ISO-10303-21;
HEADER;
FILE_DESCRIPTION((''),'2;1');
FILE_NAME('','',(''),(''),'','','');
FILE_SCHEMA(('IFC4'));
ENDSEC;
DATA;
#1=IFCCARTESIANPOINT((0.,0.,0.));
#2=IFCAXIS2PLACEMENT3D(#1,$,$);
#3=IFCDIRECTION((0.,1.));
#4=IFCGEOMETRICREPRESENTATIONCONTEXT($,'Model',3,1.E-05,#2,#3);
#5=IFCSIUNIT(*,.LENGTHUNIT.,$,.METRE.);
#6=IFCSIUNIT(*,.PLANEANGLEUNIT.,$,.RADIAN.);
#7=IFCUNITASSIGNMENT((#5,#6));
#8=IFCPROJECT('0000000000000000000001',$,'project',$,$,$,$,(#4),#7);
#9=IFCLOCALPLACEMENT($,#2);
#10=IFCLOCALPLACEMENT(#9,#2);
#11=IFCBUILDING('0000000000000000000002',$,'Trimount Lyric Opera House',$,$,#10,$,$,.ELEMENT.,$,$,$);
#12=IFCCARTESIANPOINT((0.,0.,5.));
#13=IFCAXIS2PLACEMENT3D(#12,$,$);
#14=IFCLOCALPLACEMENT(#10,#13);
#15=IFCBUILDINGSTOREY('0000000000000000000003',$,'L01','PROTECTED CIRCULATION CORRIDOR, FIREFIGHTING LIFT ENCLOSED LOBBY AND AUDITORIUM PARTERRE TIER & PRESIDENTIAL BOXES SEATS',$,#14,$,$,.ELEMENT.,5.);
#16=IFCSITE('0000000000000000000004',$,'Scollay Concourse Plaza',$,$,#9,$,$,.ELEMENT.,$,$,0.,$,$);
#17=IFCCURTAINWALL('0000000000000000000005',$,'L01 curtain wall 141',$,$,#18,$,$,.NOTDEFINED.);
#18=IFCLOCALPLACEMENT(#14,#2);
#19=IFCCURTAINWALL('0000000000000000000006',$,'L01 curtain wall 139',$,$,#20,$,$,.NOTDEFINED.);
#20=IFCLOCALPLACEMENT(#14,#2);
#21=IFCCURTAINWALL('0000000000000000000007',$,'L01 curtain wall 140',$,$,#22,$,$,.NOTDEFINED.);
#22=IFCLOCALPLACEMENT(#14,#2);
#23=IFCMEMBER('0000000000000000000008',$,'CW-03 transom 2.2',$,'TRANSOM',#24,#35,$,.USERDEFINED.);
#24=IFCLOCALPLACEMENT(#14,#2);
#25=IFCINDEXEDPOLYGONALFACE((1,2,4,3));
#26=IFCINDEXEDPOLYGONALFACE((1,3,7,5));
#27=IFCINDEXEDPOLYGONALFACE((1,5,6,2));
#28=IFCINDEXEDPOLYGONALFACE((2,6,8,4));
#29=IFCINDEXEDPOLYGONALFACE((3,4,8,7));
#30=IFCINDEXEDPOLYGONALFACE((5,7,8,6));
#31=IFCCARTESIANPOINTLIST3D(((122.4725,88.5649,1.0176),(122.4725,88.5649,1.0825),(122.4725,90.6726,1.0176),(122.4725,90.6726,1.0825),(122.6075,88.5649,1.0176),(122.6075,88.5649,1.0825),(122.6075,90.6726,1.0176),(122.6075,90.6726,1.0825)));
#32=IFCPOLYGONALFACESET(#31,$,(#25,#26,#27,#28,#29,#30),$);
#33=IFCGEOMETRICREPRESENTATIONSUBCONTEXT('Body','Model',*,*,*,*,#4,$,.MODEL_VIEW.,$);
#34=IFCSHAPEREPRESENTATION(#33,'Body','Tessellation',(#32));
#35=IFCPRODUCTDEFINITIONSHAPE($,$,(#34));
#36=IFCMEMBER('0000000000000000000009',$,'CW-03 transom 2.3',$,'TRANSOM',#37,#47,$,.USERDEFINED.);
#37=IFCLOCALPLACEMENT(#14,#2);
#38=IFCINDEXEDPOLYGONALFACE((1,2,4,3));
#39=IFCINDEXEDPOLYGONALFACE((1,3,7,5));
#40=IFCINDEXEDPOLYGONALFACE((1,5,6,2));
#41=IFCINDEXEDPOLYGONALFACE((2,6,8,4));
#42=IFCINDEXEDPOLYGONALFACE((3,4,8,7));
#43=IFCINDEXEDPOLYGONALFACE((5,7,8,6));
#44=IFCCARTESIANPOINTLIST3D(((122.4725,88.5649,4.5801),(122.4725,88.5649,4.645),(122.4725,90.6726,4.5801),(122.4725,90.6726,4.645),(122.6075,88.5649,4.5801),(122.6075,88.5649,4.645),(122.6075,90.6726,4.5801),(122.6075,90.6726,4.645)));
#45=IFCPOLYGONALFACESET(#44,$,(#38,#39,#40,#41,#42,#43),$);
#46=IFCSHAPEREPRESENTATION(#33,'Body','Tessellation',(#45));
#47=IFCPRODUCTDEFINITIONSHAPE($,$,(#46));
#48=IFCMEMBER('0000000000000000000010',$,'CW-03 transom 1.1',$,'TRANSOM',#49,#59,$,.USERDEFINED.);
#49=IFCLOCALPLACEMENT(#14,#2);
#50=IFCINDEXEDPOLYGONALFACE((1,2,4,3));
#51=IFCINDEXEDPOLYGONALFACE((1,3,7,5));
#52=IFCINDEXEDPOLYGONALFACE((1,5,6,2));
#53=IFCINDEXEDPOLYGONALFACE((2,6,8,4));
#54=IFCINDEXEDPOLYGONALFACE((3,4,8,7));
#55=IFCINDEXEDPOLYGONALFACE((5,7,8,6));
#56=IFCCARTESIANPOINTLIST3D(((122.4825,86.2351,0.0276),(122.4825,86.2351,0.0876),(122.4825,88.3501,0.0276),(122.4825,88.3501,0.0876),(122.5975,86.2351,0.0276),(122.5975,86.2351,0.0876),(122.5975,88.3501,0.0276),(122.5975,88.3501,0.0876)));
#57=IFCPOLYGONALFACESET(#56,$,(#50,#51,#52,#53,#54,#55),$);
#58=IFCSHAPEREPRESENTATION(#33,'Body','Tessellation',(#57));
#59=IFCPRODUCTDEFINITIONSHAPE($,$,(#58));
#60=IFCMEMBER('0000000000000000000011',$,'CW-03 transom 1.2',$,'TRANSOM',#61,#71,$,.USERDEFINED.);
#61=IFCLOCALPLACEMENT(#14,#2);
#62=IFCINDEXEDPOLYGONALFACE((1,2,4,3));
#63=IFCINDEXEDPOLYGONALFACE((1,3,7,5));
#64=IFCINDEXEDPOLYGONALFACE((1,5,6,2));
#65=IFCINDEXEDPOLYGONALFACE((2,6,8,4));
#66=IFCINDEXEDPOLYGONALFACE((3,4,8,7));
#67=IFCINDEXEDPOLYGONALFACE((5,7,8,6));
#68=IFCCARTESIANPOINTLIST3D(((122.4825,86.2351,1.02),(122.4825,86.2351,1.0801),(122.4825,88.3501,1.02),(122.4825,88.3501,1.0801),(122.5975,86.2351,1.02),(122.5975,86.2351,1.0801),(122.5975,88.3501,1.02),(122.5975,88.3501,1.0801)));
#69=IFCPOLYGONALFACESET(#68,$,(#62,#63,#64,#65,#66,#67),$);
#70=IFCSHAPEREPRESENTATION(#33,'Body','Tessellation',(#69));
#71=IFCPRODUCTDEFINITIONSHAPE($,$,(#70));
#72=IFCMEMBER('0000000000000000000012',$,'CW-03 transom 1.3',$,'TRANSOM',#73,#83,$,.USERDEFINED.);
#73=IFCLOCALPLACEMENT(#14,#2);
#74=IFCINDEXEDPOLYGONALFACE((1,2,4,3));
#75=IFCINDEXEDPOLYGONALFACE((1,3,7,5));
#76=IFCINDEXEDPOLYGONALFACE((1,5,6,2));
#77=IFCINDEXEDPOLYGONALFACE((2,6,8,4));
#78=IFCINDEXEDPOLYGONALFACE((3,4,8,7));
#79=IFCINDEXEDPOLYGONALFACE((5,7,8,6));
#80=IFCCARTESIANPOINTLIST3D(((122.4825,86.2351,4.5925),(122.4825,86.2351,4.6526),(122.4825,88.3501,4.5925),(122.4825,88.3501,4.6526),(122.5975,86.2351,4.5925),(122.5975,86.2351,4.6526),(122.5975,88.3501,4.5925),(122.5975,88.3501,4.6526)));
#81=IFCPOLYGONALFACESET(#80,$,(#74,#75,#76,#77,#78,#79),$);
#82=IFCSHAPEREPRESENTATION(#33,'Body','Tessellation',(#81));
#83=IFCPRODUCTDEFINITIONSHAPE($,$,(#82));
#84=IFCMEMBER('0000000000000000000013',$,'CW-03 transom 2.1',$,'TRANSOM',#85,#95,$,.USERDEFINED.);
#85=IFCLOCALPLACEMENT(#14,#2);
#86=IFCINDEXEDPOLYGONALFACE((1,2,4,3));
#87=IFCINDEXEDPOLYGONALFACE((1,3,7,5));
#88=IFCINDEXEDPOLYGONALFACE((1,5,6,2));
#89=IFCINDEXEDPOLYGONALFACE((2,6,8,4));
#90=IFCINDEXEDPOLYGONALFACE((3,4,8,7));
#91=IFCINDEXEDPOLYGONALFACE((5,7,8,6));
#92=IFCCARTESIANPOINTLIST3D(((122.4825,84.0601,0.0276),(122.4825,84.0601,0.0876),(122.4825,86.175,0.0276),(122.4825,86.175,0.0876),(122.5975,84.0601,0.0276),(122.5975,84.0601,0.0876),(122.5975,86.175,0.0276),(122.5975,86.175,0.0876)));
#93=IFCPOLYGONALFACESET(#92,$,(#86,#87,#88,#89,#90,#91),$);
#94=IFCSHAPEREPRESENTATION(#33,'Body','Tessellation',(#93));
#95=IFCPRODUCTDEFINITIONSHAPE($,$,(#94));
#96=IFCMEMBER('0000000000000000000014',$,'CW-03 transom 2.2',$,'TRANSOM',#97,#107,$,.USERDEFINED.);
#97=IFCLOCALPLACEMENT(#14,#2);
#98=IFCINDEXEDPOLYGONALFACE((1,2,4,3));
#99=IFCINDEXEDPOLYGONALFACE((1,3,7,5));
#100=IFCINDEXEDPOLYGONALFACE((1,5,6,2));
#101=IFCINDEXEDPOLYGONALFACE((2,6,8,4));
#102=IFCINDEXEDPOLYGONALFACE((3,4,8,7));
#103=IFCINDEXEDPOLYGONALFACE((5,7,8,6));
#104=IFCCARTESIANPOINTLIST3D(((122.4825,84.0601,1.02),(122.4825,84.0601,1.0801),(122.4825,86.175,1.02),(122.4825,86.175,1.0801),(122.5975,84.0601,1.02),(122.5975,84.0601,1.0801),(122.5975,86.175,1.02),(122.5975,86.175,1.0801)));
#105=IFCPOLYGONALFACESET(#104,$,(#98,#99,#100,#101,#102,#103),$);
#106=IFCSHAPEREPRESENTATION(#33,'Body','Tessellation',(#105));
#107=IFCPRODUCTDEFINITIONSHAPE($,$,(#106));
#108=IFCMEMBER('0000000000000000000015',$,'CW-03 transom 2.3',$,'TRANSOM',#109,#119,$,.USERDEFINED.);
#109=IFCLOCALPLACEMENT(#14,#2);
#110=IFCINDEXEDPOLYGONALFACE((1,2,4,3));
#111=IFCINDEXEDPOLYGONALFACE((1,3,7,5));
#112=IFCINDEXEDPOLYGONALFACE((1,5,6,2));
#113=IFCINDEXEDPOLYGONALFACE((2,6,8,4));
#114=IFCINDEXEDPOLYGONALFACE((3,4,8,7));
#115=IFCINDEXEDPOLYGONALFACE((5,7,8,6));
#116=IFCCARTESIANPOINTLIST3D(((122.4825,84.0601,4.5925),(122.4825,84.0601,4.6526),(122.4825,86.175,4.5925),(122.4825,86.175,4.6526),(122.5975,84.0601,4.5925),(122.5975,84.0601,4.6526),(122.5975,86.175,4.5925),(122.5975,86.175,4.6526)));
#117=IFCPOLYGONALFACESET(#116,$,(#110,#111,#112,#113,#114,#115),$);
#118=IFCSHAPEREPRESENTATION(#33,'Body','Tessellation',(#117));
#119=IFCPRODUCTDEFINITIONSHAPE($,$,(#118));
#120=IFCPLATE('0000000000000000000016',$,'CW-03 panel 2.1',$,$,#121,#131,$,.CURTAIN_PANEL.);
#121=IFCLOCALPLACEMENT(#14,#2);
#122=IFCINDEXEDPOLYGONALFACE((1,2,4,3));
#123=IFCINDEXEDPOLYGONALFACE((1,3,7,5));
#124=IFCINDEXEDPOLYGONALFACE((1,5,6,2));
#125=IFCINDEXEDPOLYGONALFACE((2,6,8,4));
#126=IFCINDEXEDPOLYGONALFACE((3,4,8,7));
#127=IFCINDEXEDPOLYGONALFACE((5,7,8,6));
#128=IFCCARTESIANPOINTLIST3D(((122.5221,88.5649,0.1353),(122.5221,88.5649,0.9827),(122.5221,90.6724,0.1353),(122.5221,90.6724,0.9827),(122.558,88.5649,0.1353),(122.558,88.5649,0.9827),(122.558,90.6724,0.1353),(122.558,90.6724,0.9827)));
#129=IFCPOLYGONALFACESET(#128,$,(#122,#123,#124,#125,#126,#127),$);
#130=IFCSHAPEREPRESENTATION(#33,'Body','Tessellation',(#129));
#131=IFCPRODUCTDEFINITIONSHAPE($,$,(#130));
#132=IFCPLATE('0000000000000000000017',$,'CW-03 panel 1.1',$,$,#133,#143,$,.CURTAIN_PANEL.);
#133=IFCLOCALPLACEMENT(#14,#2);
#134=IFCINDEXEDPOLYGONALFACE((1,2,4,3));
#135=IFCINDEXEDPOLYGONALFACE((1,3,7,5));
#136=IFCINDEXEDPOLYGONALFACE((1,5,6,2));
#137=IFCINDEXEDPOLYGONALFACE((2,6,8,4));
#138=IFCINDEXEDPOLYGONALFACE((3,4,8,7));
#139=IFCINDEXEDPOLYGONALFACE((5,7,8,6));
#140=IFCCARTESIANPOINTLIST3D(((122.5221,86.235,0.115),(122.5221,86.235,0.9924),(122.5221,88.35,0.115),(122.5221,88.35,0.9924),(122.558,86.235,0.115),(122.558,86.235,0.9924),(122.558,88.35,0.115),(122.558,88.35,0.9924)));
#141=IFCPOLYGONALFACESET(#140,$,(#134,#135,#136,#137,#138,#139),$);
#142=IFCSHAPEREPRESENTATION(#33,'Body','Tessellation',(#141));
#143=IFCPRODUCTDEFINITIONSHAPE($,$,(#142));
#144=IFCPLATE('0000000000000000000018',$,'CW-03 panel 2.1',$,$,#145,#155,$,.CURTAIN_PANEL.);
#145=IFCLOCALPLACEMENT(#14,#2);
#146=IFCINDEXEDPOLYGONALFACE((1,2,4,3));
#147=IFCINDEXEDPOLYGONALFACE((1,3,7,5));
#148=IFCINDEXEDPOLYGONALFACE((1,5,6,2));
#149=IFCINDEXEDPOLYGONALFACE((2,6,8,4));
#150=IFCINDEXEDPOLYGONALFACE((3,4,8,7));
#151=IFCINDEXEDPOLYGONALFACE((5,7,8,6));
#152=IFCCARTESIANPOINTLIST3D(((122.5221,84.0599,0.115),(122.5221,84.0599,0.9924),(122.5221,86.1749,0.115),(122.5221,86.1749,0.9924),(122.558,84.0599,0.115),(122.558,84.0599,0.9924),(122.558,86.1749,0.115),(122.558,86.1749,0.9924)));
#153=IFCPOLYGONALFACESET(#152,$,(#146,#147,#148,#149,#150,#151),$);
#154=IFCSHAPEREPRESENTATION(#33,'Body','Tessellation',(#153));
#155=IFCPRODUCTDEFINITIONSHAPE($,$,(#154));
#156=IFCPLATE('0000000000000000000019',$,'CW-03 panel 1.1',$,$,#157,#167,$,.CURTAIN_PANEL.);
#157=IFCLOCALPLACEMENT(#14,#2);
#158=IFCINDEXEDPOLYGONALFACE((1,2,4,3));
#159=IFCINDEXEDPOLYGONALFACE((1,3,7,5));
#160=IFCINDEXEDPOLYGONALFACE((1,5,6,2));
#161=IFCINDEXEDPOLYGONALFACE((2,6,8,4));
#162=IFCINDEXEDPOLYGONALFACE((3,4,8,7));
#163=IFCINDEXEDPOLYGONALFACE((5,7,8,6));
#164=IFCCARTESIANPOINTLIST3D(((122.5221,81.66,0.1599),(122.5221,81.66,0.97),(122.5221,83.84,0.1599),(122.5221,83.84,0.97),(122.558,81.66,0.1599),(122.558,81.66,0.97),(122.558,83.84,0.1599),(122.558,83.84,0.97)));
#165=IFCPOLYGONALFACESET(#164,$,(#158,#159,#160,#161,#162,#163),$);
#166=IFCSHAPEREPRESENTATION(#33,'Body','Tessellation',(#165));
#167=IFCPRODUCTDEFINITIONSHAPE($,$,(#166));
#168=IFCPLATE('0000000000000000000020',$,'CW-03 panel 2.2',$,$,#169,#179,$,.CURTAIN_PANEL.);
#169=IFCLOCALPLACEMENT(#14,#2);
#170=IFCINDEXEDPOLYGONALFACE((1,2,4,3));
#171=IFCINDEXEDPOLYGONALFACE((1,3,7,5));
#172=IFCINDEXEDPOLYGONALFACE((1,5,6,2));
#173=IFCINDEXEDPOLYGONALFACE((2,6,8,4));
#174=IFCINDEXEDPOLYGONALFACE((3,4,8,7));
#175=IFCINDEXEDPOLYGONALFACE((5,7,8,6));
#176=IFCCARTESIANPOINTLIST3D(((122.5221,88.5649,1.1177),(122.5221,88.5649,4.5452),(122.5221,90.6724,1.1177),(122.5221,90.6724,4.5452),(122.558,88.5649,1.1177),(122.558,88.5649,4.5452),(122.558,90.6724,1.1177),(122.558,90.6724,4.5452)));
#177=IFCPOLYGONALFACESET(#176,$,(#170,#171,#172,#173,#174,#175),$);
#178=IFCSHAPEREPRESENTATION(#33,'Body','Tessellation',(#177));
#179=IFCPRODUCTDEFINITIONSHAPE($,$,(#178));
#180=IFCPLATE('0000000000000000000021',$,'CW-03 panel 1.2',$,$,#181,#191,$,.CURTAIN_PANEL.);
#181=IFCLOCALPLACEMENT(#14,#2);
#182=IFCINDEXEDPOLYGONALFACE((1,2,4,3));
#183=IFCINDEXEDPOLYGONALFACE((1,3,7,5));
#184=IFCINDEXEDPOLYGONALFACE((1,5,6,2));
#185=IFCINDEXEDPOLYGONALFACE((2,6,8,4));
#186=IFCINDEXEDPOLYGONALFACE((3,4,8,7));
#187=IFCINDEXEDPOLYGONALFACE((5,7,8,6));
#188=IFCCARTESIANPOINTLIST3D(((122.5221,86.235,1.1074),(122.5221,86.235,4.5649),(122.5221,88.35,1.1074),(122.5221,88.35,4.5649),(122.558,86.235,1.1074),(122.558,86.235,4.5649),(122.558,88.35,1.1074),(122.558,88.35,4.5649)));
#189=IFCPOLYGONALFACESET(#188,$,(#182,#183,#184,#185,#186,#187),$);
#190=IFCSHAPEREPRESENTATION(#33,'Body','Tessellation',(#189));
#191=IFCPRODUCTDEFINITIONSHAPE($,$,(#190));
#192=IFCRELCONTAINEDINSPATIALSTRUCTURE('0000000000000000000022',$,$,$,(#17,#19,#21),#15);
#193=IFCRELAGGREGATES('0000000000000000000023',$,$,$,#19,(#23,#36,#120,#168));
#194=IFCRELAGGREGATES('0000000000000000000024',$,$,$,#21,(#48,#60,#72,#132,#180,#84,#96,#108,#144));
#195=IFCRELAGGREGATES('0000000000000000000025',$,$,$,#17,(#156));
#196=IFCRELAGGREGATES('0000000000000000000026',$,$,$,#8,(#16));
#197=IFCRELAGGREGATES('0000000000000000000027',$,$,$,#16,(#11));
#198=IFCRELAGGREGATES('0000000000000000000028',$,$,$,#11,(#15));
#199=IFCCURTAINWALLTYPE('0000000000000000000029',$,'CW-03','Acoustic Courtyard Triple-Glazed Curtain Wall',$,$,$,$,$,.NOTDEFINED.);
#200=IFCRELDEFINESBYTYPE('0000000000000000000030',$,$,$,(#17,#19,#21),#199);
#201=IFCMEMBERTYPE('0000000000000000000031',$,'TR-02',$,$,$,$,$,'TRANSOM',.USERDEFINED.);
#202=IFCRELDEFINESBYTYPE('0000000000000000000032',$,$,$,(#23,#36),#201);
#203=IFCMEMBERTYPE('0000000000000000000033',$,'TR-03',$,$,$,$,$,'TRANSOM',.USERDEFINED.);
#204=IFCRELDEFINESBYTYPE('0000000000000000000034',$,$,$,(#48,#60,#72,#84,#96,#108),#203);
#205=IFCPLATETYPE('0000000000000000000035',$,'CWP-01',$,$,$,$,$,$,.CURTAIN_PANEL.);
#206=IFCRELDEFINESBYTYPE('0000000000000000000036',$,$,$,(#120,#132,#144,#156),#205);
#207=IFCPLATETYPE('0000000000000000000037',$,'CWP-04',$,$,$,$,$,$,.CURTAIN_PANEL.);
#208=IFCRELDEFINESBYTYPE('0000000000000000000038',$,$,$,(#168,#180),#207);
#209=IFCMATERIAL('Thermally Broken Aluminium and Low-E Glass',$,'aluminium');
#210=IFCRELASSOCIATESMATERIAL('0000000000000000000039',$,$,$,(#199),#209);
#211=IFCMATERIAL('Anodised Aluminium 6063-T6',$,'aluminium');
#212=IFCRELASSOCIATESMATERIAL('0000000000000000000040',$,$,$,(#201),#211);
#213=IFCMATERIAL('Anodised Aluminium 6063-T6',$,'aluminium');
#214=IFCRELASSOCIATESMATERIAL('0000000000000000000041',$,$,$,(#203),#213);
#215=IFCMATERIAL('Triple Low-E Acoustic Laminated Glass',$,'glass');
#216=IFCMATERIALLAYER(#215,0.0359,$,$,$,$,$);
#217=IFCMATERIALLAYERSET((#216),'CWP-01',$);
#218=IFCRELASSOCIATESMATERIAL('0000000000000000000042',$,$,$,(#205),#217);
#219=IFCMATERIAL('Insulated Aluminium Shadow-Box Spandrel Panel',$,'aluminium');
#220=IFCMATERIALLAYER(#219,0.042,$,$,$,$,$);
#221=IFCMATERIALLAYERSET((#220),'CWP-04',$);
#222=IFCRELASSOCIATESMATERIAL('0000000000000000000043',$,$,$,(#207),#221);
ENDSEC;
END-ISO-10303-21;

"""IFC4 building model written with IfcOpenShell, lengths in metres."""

from ifc_helpers import new_model, si_unit, direction, frame, origin, origin_2d, place, context, subcontext, project, spatial, rectangle, extrude, material, layer, layer_set, material_profile, profile_set, type_object, element, aggregate, save


model = new_model("IFC4")

# Units and contexts
model_context = context("Model", 3, precision=1e-05, world=origin(), true_north=direction((0.0, 1.0)))
body_context = subcontext(model_context, "Body", "Model", "MODEL_VIEW")
ifc_project = project(units=[si_unit("LENGTHUNIT", "METRE"), si_unit("PLANEANGLEUNIT", "RADIAN")], contexts=[model_context])

# Site, building, storey
site_placement = place(None, origin())
site = spatial("IfcSite", under=ifc_project, at=site_placement, Name="Scollay Concourse Plaza", CompositionType="ELEMENT", RefElevation=0.0)
building_placement = place(site_placement, origin())
building = spatial("IfcBuilding", under=site, at=building_placement, Name="Trimount Lyric Opera House", CompositionType="ELEMENT")
storey_placement = place(building_placement, frame((0.0, 0.0, 5.0)))
storey = spatial("IfcBuildingStorey", under=building, at=storey_placement, Name="L01", Description="PROTECTED CIRCULATION CORRIDOR, FIREFIGHTING LIFT ENCLOSED LOBBY AND AUDITORIUM PARTERRE TIER & PRESIDENTIAL BOXES SEATS", CompositionType="ELEMENT", Elevation=5.0)

# Curtain walls
ifc_material_1 = material(Name="Thermally Broken Aluminium and Low-E Glass", Category="aluminium")
curtain_wall_type = type_object("IfcCurtainWallType", Name="CW-03", Description="Acoustic Courtyard Triple-Glazed Curtain Wall", PredefinedType="NOTDEFINED", material=ifc_material_1)
curtain_wall_1_placement = place(storey_placement, origin())
curtain_wall_1 = element("IfcCurtainWall", 1, at=curtain_wall_1_placement, inside=storey, type_object=curtain_wall_type, Name="L01 curtain wall 141", PredefinedType="NOTDEFINED")
curtain_wall_2_placement = place(storey_placement, origin())
curtain_wall_2 = element("IfcCurtainWall", 2, at=curtain_wall_2_placement, inside=storey, type_object=curtain_wall_type, Name="L01 curtain wall 139", PredefinedType="NOTDEFINED")
curtain_wall_3_placement = place(storey_placement, origin())
curtain_wall_3 = element("IfcCurtainWall", 3, at=curtain_wall_3_placement, inside=storey, type_object=curtain_wall_type, Name="L01 curtain wall 140", PredefinedType="NOTDEFINED")

# Members
ifc_material_2 = material(Name="Anodised Aluminium 6063-T6", Category="aluminium")
ifc_material_profile_1 = material_profile(ifc_material_2, rectangle(XDim=0.135, YDim=0.0649, at=origin_2d()), Name="ALU-TRAN-65X135")
ifc_profile_set_1 = profile_set([ifc_material_profile_1], Name="Anodised Aluminium 6063-T6")
member_type_1 = type_object("IfcMemberType", Name="TR-02", ElementType="TRANSOM", PredefinedType="USERDEFINED", material=ifc_profile_set_1)
member_1_placement = place(storey_placement, frame((122.54, 90.6726, 1.05), z_axis=(0.0, -1.0, 0.0), x_axis=(1.0, 0.0, 0.0)))
member_1 = element("IfcMember", 4, at=member_1_placement, type_object=member_type_1, Name="CW-03 transom 2.2", ObjectType="TRANSOM", PredefinedType="USERDEFINED", context=body_context, shape_type="SweptSolid", body=[
    extrude(rectangle(XDim=0.135, YDim=0.0649, at=origin_2d()), origin(), (0.0, 0.0, 1.0), 2.1077),
])
member_2_placement = place(storey_placement, frame((122.54, 90.6726, 4.6125), z_axis=(0.0, -1.0, 0.0), x_axis=(1.0, 0.0, 0.0)))
member_2 = element("IfcMember", 5, at=member_2_placement, type_object=member_type_1, Name="CW-03 transom 2.3", ObjectType="TRANSOM", PredefinedType="USERDEFINED", context=body_context, shape_type="SweptSolid", body=[
    extrude(rectangle(XDim=0.135, YDim=0.0649, at=origin_2d()), origin(), (0.0, 0.0, 1.0), 2.1077),
])
ifc_material_3 = material(Name="Anodised Aluminium 6063-T6", Category="aluminium")
ifc_material_profile_2 = material_profile(ifc_material_3, rectangle(XDim=0.115, YDim=0.0601, at=origin_2d()), Name="ALU-TRAN-60X115")
ifc_profile_set_2 = profile_set([ifc_material_profile_2], Name="Anodised Aluminium 6063-T6")
member_type_2 = type_object("IfcMemberType", Name="TR-03", ElementType="TRANSOM", PredefinedType="USERDEFINED", material=ifc_profile_set_2)
member_3_placement = place(storey_placement, frame((122.54, 88.3501, 0.0576), z_axis=(0.0, -1.0, 0.0), x_axis=(1.0, 0.0, 0.0)))
member_3 = element("IfcMember", 6, at=member_3_placement, type_object=member_type_2, Name="CW-03 transom 1.1", ObjectType="TRANSOM", PredefinedType="USERDEFINED", context=body_context, shape_type="SweptSolid", body=[
    extrude(rectangle(XDim=0.115, YDim=0.0601, at=origin_2d()), origin(), (0.0, 0.0, 1.0), 2.115),
])
member_4_placement = place(storey_placement, frame((122.54, 88.3501, 1.05), z_axis=(0.0, -1.0, 0.0), x_axis=(1.0, 0.0, 0.0)))
member_4 = element("IfcMember", 7, at=member_4_placement, type_object=member_type_2, Name="CW-03 transom 1.2", ObjectType="TRANSOM", PredefinedType="USERDEFINED", context=body_context, shape_type="SweptSolid", body=[
    extrude(rectangle(XDim=0.115, YDim=0.0601, at=origin_2d()), origin(), (0.0, 0.0, 1.0), 2.115),
])
member_5_placement = place(storey_placement, frame((122.54, 88.3501, 4.6226), z_axis=(0.0, -1.0, 0.0), x_axis=(1.0, 0.0, 0.0)))
member_5 = element("IfcMember", 8, at=member_5_placement, type_object=member_type_2, Name="CW-03 transom 1.3", ObjectType="TRANSOM", PredefinedType="USERDEFINED", context=body_context, shape_type="SweptSolid", body=[
    extrude(rectangle(XDim=0.115, YDim=0.0601, at=origin_2d()), origin(), (0.0, 0.0, 1.0), 2.115),
])
member_6_placement = place(storey_placement, frame((122.54, 86.175, 0.0576), z_axis=(0.0, -1.0, 0.0), x_axis=(1.0, 0.0, 0.0)))
member_6 = element("IfcMember", 9, at=member_6_placement, type_object=member_type_2, Name="CW-03 transom 2.1", ObjectType="TRANSOM", PredefinedType="USERDEFINED", context=body_context, shape_type="SweptSolid", body=[
    extrude(rectangle(XDim=0.115, YDim=0.0601, at=origin_2d()), origin(), (0.0, 0.0, 1.0), 2.115),
])
member_7_placement = place(storey_placement, frame((122.54, 86.175, 1.05), z_axis=(0.0, -1.0, 0.0), x_axis=(1.0, 0.0, 0.0)))
member_7 = element("IfcMember", 10, at=member_7_placement, type_object=member_type_2, Name="CW-03 transom 2.2", ObjectType="TRANSOM", PredefinedType="USERDEFINED", context=body_context, shape_type="SweptSolid", body=[
    extrude(rectangle(XDim=0.115, YDim=0.0601, at=origin_2d()), origin(), (0.0, 0.0, 1.0), 2.115),
])
member_8_placement = place(storey_placement, frame((122.54, 86.175, 4.6226), z_axis=(0.0, -1.0, 0.0), x_axis=(1.0, 0.0, 0.0)))
member_8 = element("IfcMember", 11, at=member_8_placement, type_object=member_type_2, Name="CW-03 transom 2.3", ObjectType="TRANSOM", PredefinedType="USERDEFINED", context=body_context, shape_type="SweptSolid", body=[
    extrude(rectangle(XDim=0.115, YDim=0.0601, at=origin_2d()), origin(), (0.0, 0.0, 1.0), 2.115),
])

# Plates
ifc_material_4 = material(Name="Triple Low-E Acoustic Laminated Glass", Category="glass")
ifc_layer_1 = layer(ifc_material_4, 0.0359)
ifc_layer_set_1 = layer_set([ifc_layer_1], Name="CWP-01")
plate_type_1 = type_object("IfcPlateType", Name="CWP-01", PredefinedType="CURTAIN_PANEL", material=ifc_layer_set_1)
plate_1_placement = place(storey_placement, frame((122.54, 89.6187, 0.1353), z_axis=(0.0, 0.0, 1.0), x_axis=(0.0, -1.0, 0.0)))
plate_1 = element("IfcPlate", 12, at=plate_1_placement, type_object=plate_type_1, Name="CW-03 panel 2.1", PredefinedType="CURTAIN_PANEL", context=body_context, shape_type="SweptSolid", body=[
    extrude(rectangle(XDim=2.1074, YDim=0.0359, at=origin_2d()), origin(), (0.0, 0.0, 1.0), 0.8474),
])
plate_2_placement = place(storey_placement, frame((122.54, 87.2925, 0.115), z_axis=(0.0, 0.0, 1.0), x_axis=(0.0, -1.0, 0.0)))
plate_2 = element("IfcPlate", 13, at=plate_2_placement, type_object=plate_type_1, Name="CW-03 panel 1.1", PredefinedType="CURTAIN_PANEL", context=body_context, shape_type="SweptSolid", body=[
    extrude(rectangle(XDim=2.115, YDim=0.0359, at=origin_2d()), origin(), (0.0, 0.0, 1.0), 0.8774),
])
plate_3_placement = place(storey_placement, frame((122.54, 85.1174, 0.115), z_axis=(0.0, 0.0, 1.0), x_axis=(0.0, -1.0, 0.0)))
plate_3 = element("IfcPlate", 14, at=plate_3_placement, type_object=plate_type_1, Name="CW-03 panel 2.1", PredefinedType="CURTAIN_PANEL", context=body_context, shape_type="SweptSolid", body=[
    extrude(rectangle(XDim=2.115, YDim=0.0359, at=origin_2d()), origin(), (0.0, 0.0, 1.0), 0.8774),
])
plate_4_placement = place(storey_placement, frame((122.54, 82.75, 0.1599), z_axis=(0.0, 0.0, 1.0), x_axis=(0.0, -1.0, 0.0)))
plate_4 = element("IfcPlate", 15, at=plate_4_placement, type_object=plate_type_1, Name="CW-03 panel 1.1", PredefinedType="CURTAIN_PANEL", context=body_context, shape_type="SweptSolid", body=[
    extrude(rectangle(XDim=2.1799, YDim=0.0359, at=origin_2d()), origin(), (0.0, 0.0, 1.0), 0.8101),
])
ifc_material_5 = material(Name="Insulated Aluminium Shadow-Box Spandrel Panel", Category="aluminium")
ifc_layer_2 = layer(ifc_material_5, 0.042)
ifc_layer_set_2 = layer_set([ifc_layer_2], Name="CWP-04")
plate_type_2 = type_object("IfcPlateType", Name="CWP-04", PredefinedType="CURTAIN_PANEL", material=ifc_layer_set_2)
plate_5_placement = place(storey_placement, frame((122.54, 89.6187, 1.1177), z_axis=(0.0, 0.0, 1.0), x_axis=(0.0, -1.0, 0.0)))
plate_5 = element("IfcPlate", 16, at=plate_5_placement, type_object=plate_type_2, Name="CW-03 panel 2.2", PredefinedType="CURTAIN_PANEL", context=body_context, shape_type="SweptSolid", body=[
    extrude(rectangle(XDim=2.1074, YDim=0.0359, at=origin_2d()), origin(), (0.0, 0.0, 1.0), 3.4275),
])
aggregate(curtain_wall_2, [member_1, member_2, plate_1, plate_5])
plate_6_placement = place(storey_placement, frame((122.54, 87.2925, 1.1074), z_axis=(0.0, 0.0, 1.0), x_axis=(0.0, -1.0, 0.0)))
plate_6 = element("IfcPlate", 17, at=plate_6_placement, type_object=plate_type_2, Name="CW-03 panel 1.2", PredefinedType="CURTAIN_PANEL", context=body_context, shape_type="SweptSolid", body=[
    extrude(rectangle(XDim=2.115, YDim=0.0359, at=origin_2d()), origin(), (0.0, 0.0, 1.0), 3.4575),
])
aggregate(curtain_wall_3, [member_3, member_4, member_5, plate_2, plate_6, member_6, member_7, member_8, plate_3])
aggregate(curtain_wall_1, [plate_4])

save(model, "model.ifc")
